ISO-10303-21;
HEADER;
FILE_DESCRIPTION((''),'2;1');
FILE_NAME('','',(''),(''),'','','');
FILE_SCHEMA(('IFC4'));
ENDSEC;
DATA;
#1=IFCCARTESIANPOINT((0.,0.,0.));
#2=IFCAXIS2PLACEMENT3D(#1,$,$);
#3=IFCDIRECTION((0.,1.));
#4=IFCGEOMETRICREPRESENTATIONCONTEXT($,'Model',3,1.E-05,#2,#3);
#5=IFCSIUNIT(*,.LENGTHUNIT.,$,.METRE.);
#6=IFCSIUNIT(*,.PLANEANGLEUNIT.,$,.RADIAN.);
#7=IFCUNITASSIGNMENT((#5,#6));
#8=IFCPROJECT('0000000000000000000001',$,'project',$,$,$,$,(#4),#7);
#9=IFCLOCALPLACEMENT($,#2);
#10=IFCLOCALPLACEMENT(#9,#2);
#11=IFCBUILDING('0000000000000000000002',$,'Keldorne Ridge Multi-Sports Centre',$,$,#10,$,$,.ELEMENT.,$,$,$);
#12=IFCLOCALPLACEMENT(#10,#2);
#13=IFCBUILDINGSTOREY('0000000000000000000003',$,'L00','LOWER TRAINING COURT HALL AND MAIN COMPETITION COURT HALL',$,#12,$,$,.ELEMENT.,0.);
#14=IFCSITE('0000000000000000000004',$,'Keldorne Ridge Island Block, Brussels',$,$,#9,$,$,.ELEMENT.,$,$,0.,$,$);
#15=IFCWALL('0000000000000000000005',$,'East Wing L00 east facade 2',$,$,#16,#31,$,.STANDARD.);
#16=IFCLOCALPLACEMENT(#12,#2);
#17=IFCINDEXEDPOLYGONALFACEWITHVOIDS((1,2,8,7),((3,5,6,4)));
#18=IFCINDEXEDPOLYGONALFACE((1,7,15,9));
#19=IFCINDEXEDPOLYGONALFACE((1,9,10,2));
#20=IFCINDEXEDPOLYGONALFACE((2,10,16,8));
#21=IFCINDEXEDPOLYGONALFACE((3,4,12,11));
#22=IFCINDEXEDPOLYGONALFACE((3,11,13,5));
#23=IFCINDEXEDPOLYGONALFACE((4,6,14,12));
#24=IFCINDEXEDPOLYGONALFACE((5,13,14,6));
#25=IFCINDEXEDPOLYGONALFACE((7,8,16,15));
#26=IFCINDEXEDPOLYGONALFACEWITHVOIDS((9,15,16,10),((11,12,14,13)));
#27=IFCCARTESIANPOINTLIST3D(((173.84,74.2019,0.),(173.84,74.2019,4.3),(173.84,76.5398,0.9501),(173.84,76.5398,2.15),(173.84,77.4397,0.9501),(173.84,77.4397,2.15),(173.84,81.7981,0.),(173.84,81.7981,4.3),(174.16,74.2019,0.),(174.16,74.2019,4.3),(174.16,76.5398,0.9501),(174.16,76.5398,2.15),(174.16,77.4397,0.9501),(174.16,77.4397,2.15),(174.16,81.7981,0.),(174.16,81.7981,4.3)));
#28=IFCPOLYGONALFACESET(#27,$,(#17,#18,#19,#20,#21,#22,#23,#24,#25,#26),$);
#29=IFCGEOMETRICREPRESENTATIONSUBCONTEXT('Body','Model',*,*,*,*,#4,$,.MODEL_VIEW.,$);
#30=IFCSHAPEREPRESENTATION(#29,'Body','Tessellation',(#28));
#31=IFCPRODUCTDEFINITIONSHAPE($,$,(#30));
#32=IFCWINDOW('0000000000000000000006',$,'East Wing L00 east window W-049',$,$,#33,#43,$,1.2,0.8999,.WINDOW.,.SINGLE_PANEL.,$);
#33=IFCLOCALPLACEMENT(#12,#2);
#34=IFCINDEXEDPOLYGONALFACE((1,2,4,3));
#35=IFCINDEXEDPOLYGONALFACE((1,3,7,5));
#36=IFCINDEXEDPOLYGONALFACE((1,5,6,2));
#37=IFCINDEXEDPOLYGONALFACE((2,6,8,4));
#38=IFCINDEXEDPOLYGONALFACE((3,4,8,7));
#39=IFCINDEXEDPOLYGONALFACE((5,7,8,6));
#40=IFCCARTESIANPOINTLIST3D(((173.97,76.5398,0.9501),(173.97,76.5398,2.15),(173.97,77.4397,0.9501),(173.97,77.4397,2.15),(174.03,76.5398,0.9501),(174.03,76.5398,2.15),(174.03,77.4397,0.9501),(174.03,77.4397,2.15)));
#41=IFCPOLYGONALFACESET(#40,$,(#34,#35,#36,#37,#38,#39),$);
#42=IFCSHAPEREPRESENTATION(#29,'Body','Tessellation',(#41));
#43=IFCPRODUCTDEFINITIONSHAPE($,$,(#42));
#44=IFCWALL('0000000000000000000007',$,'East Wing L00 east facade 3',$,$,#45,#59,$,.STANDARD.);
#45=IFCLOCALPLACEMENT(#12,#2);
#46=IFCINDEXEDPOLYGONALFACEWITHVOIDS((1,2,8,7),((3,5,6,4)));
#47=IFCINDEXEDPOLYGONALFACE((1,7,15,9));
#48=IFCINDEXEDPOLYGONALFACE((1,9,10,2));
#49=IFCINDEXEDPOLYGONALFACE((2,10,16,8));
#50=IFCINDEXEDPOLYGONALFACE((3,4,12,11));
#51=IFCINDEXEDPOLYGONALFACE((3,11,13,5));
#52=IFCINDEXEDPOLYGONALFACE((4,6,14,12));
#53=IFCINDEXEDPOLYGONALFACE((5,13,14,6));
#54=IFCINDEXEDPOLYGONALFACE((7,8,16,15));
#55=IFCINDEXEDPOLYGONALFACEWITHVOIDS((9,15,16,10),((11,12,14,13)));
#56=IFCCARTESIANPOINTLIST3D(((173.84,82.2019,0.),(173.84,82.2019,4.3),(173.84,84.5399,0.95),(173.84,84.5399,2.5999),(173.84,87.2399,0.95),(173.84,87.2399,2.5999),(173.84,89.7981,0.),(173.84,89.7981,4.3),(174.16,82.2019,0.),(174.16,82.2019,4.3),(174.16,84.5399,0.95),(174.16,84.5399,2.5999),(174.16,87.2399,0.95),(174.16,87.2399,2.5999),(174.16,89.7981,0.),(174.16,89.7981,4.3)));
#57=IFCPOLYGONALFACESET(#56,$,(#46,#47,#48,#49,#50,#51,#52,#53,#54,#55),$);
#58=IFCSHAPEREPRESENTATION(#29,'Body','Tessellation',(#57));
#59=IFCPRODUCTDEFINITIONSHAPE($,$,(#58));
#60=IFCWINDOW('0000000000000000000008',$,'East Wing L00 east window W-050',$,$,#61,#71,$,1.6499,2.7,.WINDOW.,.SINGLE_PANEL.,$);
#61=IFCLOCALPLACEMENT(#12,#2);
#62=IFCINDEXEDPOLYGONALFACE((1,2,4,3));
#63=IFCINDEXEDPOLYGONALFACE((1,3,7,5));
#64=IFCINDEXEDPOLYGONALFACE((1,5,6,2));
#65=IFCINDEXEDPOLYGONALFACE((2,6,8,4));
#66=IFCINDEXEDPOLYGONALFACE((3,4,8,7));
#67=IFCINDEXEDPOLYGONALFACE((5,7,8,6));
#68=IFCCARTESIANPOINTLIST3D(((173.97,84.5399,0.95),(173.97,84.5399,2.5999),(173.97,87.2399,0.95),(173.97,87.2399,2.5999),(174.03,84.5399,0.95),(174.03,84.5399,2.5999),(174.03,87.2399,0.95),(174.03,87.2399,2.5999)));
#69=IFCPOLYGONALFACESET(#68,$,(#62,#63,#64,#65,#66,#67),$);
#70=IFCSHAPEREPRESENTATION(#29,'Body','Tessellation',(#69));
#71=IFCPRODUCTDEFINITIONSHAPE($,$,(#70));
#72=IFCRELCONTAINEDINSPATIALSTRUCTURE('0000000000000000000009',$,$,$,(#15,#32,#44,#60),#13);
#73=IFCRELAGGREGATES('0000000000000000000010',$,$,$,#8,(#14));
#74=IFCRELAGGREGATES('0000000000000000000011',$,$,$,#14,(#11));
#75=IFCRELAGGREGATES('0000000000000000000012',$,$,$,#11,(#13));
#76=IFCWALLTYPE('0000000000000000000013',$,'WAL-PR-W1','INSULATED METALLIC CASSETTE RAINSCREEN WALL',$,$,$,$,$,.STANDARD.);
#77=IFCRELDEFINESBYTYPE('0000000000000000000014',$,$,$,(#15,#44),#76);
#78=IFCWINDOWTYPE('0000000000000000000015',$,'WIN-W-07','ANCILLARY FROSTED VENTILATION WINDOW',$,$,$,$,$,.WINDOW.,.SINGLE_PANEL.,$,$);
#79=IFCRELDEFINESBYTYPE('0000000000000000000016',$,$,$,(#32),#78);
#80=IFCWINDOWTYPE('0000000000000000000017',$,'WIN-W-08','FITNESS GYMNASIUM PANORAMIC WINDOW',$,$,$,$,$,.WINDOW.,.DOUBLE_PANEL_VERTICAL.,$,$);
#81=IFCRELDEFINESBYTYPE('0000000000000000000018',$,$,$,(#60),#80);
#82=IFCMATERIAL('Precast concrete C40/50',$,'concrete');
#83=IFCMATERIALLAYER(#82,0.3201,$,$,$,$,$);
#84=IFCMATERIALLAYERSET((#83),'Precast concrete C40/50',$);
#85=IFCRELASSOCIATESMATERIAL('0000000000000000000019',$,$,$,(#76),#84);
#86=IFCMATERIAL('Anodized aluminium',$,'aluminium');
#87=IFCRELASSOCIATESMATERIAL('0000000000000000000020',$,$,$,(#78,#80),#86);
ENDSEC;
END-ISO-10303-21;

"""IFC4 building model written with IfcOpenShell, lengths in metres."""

from ifc_helpers import new_model, si_unit, direction, frame, frame_2d, origin, place, context, subcontext, project, spatial, rectangle, extrude, material, layer, layer_set, type_object, element, fill, save


model = new_model("IFC4")

# Units and contexts
model_context = context("Model", 3, precision=1e-05, world=origin(), true_north=direction((0.0, 1.0)))
body_context = subcontext(model_context, "Body", "Model", "MODEL_VIEW")
ifc_project = project(units=[si_unit("LENGTHUNIT", "METRE"), si_unit("PLANEANGLEUNIT", "RADIAN")], contexts=[model_context])

# Site, building, storey
site_placement = place(None, origin())
site = spatial("IfcSite", under=ifc_project, at=site_placement, Name="Keldorne Ridge Island Block, Brussels", CompositionType="ELEMENT", RefElevation=0.0)
building_placement = place(site_placement, origin())
building = spatial("IfcBuilding", under=site, at=building_placement, Name="Keldorne Ridge Multi-Sports Centre", CompositionType="ELEMENT")
storey_placement = place(building_placement, origin())
storey = spatial("IfcBuildingStorey", under=building, at=storey_placement, Name="L00", Description="LOWER TRAINING COURT HALL AND MAIN COMPETITION COURT HALL", CompositionType="ELEMENT", Elevation=0.0)

# Walls, openings, windows
ifc_material_1 = material(Name="Precast concrete C40/50", Category="concrete")
ifc_layer = layer(ifc_material_1, 0.3201)
ifc_layer_set = layer_set([ifc_layer], Name="Precast concrete C40/50")
wall_type = type_object("IfcWallType", Name="WAL-PR-W1", Description="INSULATED METALLIC CASSETTE RAINSCREEN WALL", PredefinedType="STANDARD", material=ifc_layer_set)
wall_1_placement = place(storey_placement, frame((174.0, 74.2019, 0.0), z_axis=(0.0, 0.0, 1.0), x_axis=(0.0, 1.0, 0.0)))
wall_1 = element("IfcWall", 1, at=wall_1_placement, inside=storey, type_object=wall_type, Name="East Wing L00 east facade 2", PredefinedType="STANDARD", context=body_context, shape_type="SweptSolid", body=[
    extrude(rectangle(XDim=7.5962, YDim=0.3201, at=frame_2d((3.7981, 0.0))), origin(), (0.0, 0.0, 1.0), 4.3),
])
opening_1_placement = place(wall_1_placement, frame((2.3379, 0.0, 0.95)))
opening_1 = element("IfcOpeningElement", 2, at=opening_1_placement, cuts=wall_1, PredefinedType="OPENING", context=body_context, shape_type="SweptSolid", body=[
    extrude(rectangle(XDim=0.8999, YDim=1.2, at=frame_2d((0.45, 0.6001))), frame((0.0, 0.1699, 0.0), z_axis=(0.0, -1.0, 0.0), x_axis=(1.0, 0.0, 0.0)), (0.0, 0.0, 1.0), 0.3401),
])
ifc_material_2 = material(Name="Anodized aluminium", Category="aluminium")
window_type_1 = type_object("IfcWindowType", Name="WIN-W-07", Description="ANCILLARY FROSTED VENTILATION WINDOW", PartitioningType="SINGLE_PANEL", PredefinedType="WINDOW", material=ifc_material_2)
window_1_placement = place(opening_1_placement, origin())
window_1 = element("IfcWindow", 3, at=window_1_placement, inside=storey, type_object=window_type_1, Name="East Wing L00 east window W-049", OverallHeight=1.2, OverallWidth=0.8999, PartitioningType="SINGLE_PANEL", PredefinedType="WINDOW", context=body_context, shape_type="SweptSolid", body=[
    extrude(rectangle(XDim=0.8999, YDim=1.2, at=frame_2d((0.45, 0.6001))), frame((0.0, 0.03, 0.0), z_axis=(0.0, -1.0, 0.0), x_axis=(1.0, 0.0, 0.0)), (0.0, 0.0, 1.0), 0.0601),
])
fill(opening_1, window_1)
wall_2_placement = place(storey_placement, frame((174.0, 82.2019, 0.0), z_axis=(0.0, 0.0, 1.0), x_axis=(0.0, 1.0, 0.0)))
wall_2 = element("IfcWall", 4, at=wall_2_placement, inside=storey, type_object=wall_type, Name="East Wing L00 east facade 3", PredefinedType="STANDARD", context=body_context, shape_type="SweptSolid", body=[
    extrude(rectangle(XDim=7.5962, YDim=0.3201, at=frame_2d((3.7981, 0.0))), origin(), (0.0, 0.0, 1.0), 4.3),
])
opening_2_placement = place(wall_2_placement, frame((2.3379, 0.0, 0.95)))
opening_2 = element("IfcOpeningElement", 5, at=opening_2_placement, cuts=wall_2, PredefinedType="OPENING", context=body_context, shape_type="SweptSolid", body=[
    extrude(rectangle(XDim=2.7, YDim=1.6499, at=frame_2d((1.3501, 0.825))), frame((0.0, 0.1699, 0.0), z_axis=(0.0, -1.0, 0.0), x_axis=(1.0, 0.0, 0.0)), (0.0, 0.0, 1.0), 0.3401),
])
window_type_2 = type_object("IfcWindowType", Name="WIN-W-08", Description="FITNESS GYMNASIUM PANORAMIC WINDOW", PartitioningType="DOUBLE_PANEL_VERTICAL", PredefinedType="WINDOW", material=ifc_material_2)
window_2_placement = place(opening_2_placement, origin())
window_2 = element("IfcWindow", 6, at=window_2_placement, inside=storey, type_object=window_type_2, Name="East Wing L00 east window W-050", OverallHeight=1.6499, OverallWidth=2.7, PartitioningType="SINGLE_PANEL", PredefinedType="WINDOW", context=body_context, shape_type="SweptSolid", body=[
    extrude(rectangle(XDim=2.7, YDim=1.6499, at=frame_2d((1.3501, 0.825))), frame((0.0, 0.03, 0.0), z_axis=(0.0, -1.0, 0.0), x_axis=(1.0, 0.0, 0.0)), (0.0, 0.0, 1.0), 0.0601),
])
fill(opening_2, window_2)

save(model, "model.ifc")
